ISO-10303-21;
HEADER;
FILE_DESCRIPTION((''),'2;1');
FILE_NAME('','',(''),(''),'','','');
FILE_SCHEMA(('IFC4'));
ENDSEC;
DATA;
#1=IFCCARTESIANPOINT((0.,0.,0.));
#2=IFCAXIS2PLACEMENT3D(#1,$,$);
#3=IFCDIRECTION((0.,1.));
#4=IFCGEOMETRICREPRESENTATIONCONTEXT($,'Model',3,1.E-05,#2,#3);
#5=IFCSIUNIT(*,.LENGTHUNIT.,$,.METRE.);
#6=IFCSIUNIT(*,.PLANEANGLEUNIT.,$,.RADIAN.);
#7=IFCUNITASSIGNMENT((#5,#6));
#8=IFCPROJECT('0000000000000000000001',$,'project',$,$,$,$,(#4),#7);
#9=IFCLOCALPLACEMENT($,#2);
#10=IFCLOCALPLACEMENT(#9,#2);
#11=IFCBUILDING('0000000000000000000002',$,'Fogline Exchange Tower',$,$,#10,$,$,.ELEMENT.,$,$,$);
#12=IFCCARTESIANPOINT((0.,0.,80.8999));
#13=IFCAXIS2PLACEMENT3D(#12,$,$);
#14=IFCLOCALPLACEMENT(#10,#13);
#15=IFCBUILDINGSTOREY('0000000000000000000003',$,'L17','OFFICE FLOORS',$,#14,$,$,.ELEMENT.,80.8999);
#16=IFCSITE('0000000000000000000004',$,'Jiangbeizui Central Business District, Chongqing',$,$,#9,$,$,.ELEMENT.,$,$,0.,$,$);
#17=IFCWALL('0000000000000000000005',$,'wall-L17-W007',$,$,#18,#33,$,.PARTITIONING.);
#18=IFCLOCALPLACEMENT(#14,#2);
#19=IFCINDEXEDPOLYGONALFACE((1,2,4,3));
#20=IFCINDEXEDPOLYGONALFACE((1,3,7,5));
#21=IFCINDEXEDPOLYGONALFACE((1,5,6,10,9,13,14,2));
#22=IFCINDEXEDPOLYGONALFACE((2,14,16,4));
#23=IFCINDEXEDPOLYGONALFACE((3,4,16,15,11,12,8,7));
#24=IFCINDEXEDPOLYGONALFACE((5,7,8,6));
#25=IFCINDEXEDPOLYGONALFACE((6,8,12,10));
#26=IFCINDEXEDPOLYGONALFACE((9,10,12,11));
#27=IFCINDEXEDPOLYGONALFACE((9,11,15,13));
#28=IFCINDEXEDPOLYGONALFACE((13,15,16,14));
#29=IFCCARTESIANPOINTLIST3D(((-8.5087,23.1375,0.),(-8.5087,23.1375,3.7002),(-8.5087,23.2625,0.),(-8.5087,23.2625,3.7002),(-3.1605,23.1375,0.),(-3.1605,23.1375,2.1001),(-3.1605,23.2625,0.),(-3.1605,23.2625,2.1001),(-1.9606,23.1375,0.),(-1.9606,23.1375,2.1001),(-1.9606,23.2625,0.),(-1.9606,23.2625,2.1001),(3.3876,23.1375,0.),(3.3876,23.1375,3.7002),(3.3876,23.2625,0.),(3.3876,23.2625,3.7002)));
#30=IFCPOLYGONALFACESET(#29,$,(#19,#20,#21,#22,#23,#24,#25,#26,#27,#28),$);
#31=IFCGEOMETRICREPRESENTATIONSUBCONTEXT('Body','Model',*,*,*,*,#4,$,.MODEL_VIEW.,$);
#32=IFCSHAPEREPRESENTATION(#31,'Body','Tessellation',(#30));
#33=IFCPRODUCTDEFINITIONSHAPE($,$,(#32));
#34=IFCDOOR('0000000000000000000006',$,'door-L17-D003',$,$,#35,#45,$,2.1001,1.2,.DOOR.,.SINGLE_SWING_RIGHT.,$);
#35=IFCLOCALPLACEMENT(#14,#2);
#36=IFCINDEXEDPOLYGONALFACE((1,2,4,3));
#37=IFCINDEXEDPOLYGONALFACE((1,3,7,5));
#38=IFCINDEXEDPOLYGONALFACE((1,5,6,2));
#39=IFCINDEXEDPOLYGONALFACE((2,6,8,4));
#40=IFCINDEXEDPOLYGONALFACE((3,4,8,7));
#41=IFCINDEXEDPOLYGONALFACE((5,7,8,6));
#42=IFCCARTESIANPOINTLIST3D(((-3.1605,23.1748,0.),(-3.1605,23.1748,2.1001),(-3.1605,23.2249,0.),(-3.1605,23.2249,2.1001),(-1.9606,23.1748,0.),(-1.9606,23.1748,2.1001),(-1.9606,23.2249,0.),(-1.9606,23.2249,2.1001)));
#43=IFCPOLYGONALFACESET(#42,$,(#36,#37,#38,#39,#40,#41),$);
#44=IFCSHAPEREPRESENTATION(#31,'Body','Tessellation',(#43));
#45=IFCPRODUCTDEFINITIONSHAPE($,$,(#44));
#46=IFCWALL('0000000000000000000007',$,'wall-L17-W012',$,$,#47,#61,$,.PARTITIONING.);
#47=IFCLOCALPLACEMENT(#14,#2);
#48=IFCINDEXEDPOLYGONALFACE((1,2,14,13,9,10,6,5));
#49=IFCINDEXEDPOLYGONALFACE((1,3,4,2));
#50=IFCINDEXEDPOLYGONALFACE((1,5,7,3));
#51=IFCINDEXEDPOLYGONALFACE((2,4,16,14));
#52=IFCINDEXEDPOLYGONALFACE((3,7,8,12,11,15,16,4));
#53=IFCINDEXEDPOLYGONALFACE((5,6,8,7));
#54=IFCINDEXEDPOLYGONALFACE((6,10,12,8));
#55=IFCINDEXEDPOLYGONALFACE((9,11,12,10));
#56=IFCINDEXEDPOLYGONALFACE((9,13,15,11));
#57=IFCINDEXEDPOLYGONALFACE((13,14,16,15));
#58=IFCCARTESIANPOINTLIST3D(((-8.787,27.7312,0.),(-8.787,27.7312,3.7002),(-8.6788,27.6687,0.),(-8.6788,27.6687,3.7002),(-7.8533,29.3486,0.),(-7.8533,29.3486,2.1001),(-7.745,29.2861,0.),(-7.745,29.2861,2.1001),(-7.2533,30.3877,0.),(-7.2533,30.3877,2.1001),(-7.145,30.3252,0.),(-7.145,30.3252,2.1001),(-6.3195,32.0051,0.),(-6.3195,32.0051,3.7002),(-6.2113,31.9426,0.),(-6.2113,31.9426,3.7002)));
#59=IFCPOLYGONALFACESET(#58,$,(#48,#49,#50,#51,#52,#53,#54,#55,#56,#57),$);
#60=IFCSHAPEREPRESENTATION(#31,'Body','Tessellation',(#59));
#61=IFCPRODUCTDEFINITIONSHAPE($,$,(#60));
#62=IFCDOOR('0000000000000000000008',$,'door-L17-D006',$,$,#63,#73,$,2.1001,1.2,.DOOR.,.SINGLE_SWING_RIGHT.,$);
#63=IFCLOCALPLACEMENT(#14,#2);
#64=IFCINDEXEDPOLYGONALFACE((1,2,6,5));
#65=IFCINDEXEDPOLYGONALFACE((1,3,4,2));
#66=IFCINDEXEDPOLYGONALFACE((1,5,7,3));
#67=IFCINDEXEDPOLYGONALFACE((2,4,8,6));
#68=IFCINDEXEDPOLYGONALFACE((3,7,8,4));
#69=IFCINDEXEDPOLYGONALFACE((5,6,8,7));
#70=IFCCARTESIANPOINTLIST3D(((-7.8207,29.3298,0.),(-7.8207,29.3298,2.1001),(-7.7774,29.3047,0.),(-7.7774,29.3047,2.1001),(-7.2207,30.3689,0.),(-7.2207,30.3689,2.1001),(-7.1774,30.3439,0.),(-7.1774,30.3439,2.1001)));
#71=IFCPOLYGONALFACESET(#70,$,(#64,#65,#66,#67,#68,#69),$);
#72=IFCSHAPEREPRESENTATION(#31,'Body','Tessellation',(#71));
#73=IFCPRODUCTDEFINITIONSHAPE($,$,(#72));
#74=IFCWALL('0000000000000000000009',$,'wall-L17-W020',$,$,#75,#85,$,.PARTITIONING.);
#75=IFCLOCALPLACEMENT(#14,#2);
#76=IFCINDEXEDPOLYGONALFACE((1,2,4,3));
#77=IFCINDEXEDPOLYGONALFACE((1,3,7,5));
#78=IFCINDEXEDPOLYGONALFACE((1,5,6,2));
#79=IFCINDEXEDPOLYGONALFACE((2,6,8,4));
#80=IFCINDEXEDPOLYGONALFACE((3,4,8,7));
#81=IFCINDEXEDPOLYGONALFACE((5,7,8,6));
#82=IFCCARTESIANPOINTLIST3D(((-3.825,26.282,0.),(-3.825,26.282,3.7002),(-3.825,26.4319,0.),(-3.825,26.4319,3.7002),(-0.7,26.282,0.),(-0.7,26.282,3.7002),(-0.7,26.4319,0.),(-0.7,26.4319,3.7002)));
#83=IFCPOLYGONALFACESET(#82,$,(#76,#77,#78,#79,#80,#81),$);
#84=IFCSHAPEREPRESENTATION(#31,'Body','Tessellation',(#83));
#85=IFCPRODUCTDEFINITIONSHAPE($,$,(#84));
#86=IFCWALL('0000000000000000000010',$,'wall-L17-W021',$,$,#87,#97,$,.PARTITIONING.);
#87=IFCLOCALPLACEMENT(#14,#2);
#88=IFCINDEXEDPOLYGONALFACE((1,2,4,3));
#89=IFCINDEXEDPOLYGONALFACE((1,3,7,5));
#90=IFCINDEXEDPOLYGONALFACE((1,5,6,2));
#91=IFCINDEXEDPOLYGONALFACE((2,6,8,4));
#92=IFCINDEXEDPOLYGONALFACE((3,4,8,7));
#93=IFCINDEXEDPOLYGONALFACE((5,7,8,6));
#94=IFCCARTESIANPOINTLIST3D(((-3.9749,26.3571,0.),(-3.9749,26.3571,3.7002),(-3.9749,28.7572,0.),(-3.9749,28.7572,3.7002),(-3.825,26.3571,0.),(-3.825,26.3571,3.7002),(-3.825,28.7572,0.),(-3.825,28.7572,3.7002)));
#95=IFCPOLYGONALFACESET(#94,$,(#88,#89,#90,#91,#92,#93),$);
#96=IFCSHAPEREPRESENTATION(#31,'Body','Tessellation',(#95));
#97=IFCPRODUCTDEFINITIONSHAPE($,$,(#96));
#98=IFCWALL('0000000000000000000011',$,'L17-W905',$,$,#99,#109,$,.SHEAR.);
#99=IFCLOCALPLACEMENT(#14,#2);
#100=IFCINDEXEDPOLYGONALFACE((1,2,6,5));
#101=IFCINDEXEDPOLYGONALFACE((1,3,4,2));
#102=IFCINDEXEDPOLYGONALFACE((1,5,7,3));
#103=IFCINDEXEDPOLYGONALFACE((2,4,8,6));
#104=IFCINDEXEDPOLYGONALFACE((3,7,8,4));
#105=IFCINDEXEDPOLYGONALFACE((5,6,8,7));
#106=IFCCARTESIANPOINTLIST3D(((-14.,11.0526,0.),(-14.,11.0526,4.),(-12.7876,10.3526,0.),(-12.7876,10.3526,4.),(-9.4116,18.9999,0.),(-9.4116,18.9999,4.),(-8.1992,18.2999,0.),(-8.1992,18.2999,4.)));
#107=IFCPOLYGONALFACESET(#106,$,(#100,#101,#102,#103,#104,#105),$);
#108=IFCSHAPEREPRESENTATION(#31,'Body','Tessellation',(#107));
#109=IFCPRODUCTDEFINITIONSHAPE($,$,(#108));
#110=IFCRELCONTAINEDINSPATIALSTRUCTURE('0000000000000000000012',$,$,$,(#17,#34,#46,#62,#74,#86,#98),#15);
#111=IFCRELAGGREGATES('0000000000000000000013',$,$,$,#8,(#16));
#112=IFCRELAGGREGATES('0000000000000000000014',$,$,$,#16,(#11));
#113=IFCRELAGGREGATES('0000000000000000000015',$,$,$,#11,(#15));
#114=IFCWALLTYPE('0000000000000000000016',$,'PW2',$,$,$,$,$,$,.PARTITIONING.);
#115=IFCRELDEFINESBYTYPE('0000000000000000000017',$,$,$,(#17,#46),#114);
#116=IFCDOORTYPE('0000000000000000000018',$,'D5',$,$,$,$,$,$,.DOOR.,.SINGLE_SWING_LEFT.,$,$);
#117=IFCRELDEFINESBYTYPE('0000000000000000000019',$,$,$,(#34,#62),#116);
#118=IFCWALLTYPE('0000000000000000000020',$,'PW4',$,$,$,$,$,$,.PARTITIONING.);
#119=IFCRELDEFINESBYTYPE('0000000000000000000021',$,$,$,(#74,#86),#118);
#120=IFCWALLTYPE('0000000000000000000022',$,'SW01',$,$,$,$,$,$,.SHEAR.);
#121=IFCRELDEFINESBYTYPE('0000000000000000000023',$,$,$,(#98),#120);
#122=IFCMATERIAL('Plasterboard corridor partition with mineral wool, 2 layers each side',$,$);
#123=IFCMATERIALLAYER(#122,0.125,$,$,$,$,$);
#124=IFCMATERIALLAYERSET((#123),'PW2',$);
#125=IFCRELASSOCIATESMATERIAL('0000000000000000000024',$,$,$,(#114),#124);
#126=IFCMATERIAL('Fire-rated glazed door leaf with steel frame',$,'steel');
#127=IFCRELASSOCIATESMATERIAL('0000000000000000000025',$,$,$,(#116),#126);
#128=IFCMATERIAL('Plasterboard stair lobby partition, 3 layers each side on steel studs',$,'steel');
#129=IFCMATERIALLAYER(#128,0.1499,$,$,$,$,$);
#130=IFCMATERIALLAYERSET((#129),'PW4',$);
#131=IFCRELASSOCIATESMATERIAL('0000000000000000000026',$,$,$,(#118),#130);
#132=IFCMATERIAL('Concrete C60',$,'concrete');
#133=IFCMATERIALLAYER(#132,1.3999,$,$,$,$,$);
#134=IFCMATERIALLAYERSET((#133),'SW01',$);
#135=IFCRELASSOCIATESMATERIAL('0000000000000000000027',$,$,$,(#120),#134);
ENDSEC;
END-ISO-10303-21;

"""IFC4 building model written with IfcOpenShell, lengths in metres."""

from ifc_helpers import new_model, si_unit, direction, frame, frame_2d, origin, place, context, subcontext, project, spatial, rectangle, extrude, material, layer, layer_set, type_object, element, fill, save


model = new_model("IFC4")

# Units and contexts
model_context = context("Model", 3, precision=1e-05, world=origin(), true_north=direction((0.0, 1.0)))
body_context = subcontext(model_context, "Body", "Model", "MODEL_VIEW")
ifc_project = project(units=[si_unit("LENGTHUNIT", "METRE"), si_unit("PLANEANGLEUNIT", "RADIAN")], contexts=[model_context])

# Site, building, storey
site_placement = place(None, origin())
site = spatial("IfcSite", under=ifc_project, at=site_placement, Name="Jiangbeizui Central Business District, Chongqing", CompositionType="ELEMENT", RefElevation=0.0)
building_placement = place(site_placement, origin())
building = spatial("IfcBuilding", under=site, at=building_placement, Name="Fogline Exchange Tower", CompositionType="ELEMENT")
storey_placement = place(building_placement, frame((0.0, 0.0, 80.8999)))
storey = spatial("IfcBuildingStorey", under=building, at=storey_placement, Name="L17", Description="OFFICE FLOORS", CompositionType="ELEMENT", Elevation=80.8999)

# Walls, openings, doors
ifc_material_1 = material(Name="Plasterboard corridor partition with mineral wool, 2 layers each side")
ifc_layer_1 = layer(ifc_material_1, 0.125)
ifc_layer_set_1 = layer_set([ifc_layer_1], Name="PW2")
wall_type_1 = type_object("IfcWallType", Name="PW2", PredefinedType="PARTITIONING", material=ifc_layer_set_1)
wall_1_placement = place(storey_placement, frame((-8.5088, 23.2, 0.0), z_axis=(0.0, 0.0, 1.0), x_axis=(1.0, 0.0, 0.0)))
wall_1 = element("IfcWall", 1, at=wall_1_placement, inside=storey, type_object=wall_type_1, Name="wall-L17-W007", PredefinedType="PARTITIONING", context=body_context, shape_type="SweptSolid", body=[
    extrude(rectangle(XDim=11.8962, YDim=0.125, at=frame_2d((5.9482, 0.0))), origin(), (0.0, 0.0, 1.0), 3.7002),
])
opening_1_placement = place(wall_1_placement, frame((5.3481, 0.0, 0.0)))
opening_1 = element("IfcOpeningElement", 2, at=opening_1_placement, cuts=wall_1, PredefinedType="OPENING", context=body_context, shape_type="SweptSolid", body=[
    extrude(rectangle(XDim=1.2, YDim=2.1001, at=frame_2d((0.6001, 1.05))), frame((0.0, 0.0725, 0.0), z_axis=(0.0, -1.0, 0.0), x_axis=(1.0, 0.0, 0.0)), (0.0, 0.0, 1.0), 0.145),
])
ifc_material_2 = material(Name="Fire-rated glazed door leaf with steel frame", Category="steel")
door_type_1 = type_object("IfcDoorType", Name="D5", OperationType="SINGLE_SWING_LEFT", PredefinedType="DOOR", material=ifc_material_2)
door_1_placement = place(opening_1_placement, origin())
door_1 = element("IfcDoor", 3, at=door_1_placement, inside=storey, type_object=door_type_1, Name="door-L17-D003", OperationType="SINGLE_SWING_RIGHT", OverallHeight=2.1001, OverallWidth=1.2, PredefinedType="DOOR", context=body_context, shape_type="SweptSolid", body=[
    extrude(rectangle(XDim=1.2, YDim=2.1001, at=frame_2d((0.6001, 1.05))), frame((0.0, 0.0249, 0.0), z_axis=(0.0, -1.0, 0.0), x_axis=(1.0, 0.0, 0.0)), (0.0, 0.0, 1.0), 0.05),
])
fill(opening_1, door_1)
wall_2_placement = place(storey_placement, frame((-8.7329, 27.7, 0.0), z_axis=(0.0, 0.0, 1.0), x_axis=(0.499997, 0.866027, 0.0)))
wall_2 = element("IfcWall", 4, at=wall_2_placement, inside=storey, type_object=wall_type_1, Name="wall-L17-W012", PredefinedType="PARTITIONING", context=body_context, shape_type="SweptSolid", body=[
    extrude(rectangle(XDim=4.9351, YDim=0.125, at=frame_2d((2.4675, 0.0))), origin(), (0.0, 0.0, 1.0), 3.7002),
])
opening_2_placement = place(wall_2_placement, frame((1.8674, 0.0, 0.0)))
opening_2 = element("IfcOpeningElement", 5, at=opening_2_placement, cuts=wall_2, PredefinedType="OPENING", context=body_context, shape_type="SweptSolid", body=[
    extrude(rectangle(XDim=1.2, YDim=2.1001, at=frame_2d((0.6001, 1.05))), frame((0.0, 0.0725, 0.0), z_axis=(0.0, -1.0, 0.0), x_axis=(1.0, 0.0, 0.0)), (0.0, 0.0, 1.0), 0.145),
])
door_2_placement = place(opening_2_placement, origin())
door_2 = element("IfcDoor", 6, at=door_2_placement, inside=storey, type_object=door_type_1, Name="door-L17-D006", OperationType="SINGLE_SWING_RIGHT", OverallHeight=2.1001, OverallWidth=1.2, PredefinedType="DOOR", context=body_context, shape_type="SweptSolid", body=[
    extrude(rectangle(XDim=1.2, YDim=2.1001, at=frame_2d((0.6001, 1.05))), frame((0.0, 0.0249, 0.0), z_axis=(0.0, -1.0, 0.0), x_axis=(1.0, 0.0, 0.0)), (0.0, 0.0, 1.0), 0.05),
])
fill(opening_2, door_2)

# Walls
ifc_material_3 = material(Name="Plasterboard stair lobby partition, 3 layers each side on steel studs", Category="steel")
ifc_layer_2 = layer(ifc_material_3, 0.1499)
ifc_layer_set_2 = layer_set([ifc_layer_2], Name="PW4")
wall_type_2 = type_object("IfcWallType", Name="PW4", PredefinedType="PARTITIONING", material=ifc_layer_set_2)
wall_3_placement = place(storey_placement, frame((-0.7, 26.3569, 0.0), z_axis=(0.0, 0.0, 1.0), x_axis=(-1.0, 0.0, 0.0)))
element("IfcWall", 7, at=wall_3_placement, inside=storey, type_object=wall_type_2, Name="wall-L17-W020", PredefinedType="PARTITIONING", context=body_context, shape_type="SweptSolid", body=[
    extrude(rectangle(XDim=3.125, YDim=0.1499, at=frame_2d((1.5625, 0.0))), origin(), (0.0, 0.0, 1.0), 3.7002),
])
wall_4_placement = place(storey_placement, frame((-3.8999, 26.3569, 0.0), z_axis=(0.0, 0.0, 1.0), x_axis=(0.0, 1.0, 0.0)))
element("IfcWall", 8, at=wall_4_placement, inside=storey, type_object=wall_type_2, Name="wall-L17-W021", PredefinedType="PARTITIONING", context=body_context, shape_type="SweptSolid", body=[
    extrude(rectangle(XDim=2.4001, YDim=0.1499, at=frame_2d((1.2002, 0.0))), origin(), (0.0, 0.0, 1.0), 3.7002),
])
ifc_material_4 = material(Name="Concrete C60", Category="concrete")
ifc_layer_3 = layer(ifc_material_4, 1.3999)
ifc_layer_set_3 = layer_set([ifc_layer_3], Name="SW01")
wall_type_3 = type_object("IfcWallType", Name="SW01", PredefinedType="SHEAR", material=ifc_layer_set_3)
wall_5_placement = place(storey_placement, frame((-8.8054, 18.6499, 0.0), z_axis=(0.0, 0.0, 1.0), x_axis=(-0.500002, -0.866024, 0.0)))
element("IfcWall", 9, at=wall_5_placement, inside=storey, type_object=wall_type_3, Name="L17-W905", PredefinedType="SHEAR", context=body_context, shape_type="SweptSolid", body=[
    extrude(rectangle(XDim=9.1768, YDim=1.3999, at=frame_2d((4.5884, 0.0))), origin(), (0.0, 0.0, 1.0), 4.0),
])

save(model, "model.ifc")
